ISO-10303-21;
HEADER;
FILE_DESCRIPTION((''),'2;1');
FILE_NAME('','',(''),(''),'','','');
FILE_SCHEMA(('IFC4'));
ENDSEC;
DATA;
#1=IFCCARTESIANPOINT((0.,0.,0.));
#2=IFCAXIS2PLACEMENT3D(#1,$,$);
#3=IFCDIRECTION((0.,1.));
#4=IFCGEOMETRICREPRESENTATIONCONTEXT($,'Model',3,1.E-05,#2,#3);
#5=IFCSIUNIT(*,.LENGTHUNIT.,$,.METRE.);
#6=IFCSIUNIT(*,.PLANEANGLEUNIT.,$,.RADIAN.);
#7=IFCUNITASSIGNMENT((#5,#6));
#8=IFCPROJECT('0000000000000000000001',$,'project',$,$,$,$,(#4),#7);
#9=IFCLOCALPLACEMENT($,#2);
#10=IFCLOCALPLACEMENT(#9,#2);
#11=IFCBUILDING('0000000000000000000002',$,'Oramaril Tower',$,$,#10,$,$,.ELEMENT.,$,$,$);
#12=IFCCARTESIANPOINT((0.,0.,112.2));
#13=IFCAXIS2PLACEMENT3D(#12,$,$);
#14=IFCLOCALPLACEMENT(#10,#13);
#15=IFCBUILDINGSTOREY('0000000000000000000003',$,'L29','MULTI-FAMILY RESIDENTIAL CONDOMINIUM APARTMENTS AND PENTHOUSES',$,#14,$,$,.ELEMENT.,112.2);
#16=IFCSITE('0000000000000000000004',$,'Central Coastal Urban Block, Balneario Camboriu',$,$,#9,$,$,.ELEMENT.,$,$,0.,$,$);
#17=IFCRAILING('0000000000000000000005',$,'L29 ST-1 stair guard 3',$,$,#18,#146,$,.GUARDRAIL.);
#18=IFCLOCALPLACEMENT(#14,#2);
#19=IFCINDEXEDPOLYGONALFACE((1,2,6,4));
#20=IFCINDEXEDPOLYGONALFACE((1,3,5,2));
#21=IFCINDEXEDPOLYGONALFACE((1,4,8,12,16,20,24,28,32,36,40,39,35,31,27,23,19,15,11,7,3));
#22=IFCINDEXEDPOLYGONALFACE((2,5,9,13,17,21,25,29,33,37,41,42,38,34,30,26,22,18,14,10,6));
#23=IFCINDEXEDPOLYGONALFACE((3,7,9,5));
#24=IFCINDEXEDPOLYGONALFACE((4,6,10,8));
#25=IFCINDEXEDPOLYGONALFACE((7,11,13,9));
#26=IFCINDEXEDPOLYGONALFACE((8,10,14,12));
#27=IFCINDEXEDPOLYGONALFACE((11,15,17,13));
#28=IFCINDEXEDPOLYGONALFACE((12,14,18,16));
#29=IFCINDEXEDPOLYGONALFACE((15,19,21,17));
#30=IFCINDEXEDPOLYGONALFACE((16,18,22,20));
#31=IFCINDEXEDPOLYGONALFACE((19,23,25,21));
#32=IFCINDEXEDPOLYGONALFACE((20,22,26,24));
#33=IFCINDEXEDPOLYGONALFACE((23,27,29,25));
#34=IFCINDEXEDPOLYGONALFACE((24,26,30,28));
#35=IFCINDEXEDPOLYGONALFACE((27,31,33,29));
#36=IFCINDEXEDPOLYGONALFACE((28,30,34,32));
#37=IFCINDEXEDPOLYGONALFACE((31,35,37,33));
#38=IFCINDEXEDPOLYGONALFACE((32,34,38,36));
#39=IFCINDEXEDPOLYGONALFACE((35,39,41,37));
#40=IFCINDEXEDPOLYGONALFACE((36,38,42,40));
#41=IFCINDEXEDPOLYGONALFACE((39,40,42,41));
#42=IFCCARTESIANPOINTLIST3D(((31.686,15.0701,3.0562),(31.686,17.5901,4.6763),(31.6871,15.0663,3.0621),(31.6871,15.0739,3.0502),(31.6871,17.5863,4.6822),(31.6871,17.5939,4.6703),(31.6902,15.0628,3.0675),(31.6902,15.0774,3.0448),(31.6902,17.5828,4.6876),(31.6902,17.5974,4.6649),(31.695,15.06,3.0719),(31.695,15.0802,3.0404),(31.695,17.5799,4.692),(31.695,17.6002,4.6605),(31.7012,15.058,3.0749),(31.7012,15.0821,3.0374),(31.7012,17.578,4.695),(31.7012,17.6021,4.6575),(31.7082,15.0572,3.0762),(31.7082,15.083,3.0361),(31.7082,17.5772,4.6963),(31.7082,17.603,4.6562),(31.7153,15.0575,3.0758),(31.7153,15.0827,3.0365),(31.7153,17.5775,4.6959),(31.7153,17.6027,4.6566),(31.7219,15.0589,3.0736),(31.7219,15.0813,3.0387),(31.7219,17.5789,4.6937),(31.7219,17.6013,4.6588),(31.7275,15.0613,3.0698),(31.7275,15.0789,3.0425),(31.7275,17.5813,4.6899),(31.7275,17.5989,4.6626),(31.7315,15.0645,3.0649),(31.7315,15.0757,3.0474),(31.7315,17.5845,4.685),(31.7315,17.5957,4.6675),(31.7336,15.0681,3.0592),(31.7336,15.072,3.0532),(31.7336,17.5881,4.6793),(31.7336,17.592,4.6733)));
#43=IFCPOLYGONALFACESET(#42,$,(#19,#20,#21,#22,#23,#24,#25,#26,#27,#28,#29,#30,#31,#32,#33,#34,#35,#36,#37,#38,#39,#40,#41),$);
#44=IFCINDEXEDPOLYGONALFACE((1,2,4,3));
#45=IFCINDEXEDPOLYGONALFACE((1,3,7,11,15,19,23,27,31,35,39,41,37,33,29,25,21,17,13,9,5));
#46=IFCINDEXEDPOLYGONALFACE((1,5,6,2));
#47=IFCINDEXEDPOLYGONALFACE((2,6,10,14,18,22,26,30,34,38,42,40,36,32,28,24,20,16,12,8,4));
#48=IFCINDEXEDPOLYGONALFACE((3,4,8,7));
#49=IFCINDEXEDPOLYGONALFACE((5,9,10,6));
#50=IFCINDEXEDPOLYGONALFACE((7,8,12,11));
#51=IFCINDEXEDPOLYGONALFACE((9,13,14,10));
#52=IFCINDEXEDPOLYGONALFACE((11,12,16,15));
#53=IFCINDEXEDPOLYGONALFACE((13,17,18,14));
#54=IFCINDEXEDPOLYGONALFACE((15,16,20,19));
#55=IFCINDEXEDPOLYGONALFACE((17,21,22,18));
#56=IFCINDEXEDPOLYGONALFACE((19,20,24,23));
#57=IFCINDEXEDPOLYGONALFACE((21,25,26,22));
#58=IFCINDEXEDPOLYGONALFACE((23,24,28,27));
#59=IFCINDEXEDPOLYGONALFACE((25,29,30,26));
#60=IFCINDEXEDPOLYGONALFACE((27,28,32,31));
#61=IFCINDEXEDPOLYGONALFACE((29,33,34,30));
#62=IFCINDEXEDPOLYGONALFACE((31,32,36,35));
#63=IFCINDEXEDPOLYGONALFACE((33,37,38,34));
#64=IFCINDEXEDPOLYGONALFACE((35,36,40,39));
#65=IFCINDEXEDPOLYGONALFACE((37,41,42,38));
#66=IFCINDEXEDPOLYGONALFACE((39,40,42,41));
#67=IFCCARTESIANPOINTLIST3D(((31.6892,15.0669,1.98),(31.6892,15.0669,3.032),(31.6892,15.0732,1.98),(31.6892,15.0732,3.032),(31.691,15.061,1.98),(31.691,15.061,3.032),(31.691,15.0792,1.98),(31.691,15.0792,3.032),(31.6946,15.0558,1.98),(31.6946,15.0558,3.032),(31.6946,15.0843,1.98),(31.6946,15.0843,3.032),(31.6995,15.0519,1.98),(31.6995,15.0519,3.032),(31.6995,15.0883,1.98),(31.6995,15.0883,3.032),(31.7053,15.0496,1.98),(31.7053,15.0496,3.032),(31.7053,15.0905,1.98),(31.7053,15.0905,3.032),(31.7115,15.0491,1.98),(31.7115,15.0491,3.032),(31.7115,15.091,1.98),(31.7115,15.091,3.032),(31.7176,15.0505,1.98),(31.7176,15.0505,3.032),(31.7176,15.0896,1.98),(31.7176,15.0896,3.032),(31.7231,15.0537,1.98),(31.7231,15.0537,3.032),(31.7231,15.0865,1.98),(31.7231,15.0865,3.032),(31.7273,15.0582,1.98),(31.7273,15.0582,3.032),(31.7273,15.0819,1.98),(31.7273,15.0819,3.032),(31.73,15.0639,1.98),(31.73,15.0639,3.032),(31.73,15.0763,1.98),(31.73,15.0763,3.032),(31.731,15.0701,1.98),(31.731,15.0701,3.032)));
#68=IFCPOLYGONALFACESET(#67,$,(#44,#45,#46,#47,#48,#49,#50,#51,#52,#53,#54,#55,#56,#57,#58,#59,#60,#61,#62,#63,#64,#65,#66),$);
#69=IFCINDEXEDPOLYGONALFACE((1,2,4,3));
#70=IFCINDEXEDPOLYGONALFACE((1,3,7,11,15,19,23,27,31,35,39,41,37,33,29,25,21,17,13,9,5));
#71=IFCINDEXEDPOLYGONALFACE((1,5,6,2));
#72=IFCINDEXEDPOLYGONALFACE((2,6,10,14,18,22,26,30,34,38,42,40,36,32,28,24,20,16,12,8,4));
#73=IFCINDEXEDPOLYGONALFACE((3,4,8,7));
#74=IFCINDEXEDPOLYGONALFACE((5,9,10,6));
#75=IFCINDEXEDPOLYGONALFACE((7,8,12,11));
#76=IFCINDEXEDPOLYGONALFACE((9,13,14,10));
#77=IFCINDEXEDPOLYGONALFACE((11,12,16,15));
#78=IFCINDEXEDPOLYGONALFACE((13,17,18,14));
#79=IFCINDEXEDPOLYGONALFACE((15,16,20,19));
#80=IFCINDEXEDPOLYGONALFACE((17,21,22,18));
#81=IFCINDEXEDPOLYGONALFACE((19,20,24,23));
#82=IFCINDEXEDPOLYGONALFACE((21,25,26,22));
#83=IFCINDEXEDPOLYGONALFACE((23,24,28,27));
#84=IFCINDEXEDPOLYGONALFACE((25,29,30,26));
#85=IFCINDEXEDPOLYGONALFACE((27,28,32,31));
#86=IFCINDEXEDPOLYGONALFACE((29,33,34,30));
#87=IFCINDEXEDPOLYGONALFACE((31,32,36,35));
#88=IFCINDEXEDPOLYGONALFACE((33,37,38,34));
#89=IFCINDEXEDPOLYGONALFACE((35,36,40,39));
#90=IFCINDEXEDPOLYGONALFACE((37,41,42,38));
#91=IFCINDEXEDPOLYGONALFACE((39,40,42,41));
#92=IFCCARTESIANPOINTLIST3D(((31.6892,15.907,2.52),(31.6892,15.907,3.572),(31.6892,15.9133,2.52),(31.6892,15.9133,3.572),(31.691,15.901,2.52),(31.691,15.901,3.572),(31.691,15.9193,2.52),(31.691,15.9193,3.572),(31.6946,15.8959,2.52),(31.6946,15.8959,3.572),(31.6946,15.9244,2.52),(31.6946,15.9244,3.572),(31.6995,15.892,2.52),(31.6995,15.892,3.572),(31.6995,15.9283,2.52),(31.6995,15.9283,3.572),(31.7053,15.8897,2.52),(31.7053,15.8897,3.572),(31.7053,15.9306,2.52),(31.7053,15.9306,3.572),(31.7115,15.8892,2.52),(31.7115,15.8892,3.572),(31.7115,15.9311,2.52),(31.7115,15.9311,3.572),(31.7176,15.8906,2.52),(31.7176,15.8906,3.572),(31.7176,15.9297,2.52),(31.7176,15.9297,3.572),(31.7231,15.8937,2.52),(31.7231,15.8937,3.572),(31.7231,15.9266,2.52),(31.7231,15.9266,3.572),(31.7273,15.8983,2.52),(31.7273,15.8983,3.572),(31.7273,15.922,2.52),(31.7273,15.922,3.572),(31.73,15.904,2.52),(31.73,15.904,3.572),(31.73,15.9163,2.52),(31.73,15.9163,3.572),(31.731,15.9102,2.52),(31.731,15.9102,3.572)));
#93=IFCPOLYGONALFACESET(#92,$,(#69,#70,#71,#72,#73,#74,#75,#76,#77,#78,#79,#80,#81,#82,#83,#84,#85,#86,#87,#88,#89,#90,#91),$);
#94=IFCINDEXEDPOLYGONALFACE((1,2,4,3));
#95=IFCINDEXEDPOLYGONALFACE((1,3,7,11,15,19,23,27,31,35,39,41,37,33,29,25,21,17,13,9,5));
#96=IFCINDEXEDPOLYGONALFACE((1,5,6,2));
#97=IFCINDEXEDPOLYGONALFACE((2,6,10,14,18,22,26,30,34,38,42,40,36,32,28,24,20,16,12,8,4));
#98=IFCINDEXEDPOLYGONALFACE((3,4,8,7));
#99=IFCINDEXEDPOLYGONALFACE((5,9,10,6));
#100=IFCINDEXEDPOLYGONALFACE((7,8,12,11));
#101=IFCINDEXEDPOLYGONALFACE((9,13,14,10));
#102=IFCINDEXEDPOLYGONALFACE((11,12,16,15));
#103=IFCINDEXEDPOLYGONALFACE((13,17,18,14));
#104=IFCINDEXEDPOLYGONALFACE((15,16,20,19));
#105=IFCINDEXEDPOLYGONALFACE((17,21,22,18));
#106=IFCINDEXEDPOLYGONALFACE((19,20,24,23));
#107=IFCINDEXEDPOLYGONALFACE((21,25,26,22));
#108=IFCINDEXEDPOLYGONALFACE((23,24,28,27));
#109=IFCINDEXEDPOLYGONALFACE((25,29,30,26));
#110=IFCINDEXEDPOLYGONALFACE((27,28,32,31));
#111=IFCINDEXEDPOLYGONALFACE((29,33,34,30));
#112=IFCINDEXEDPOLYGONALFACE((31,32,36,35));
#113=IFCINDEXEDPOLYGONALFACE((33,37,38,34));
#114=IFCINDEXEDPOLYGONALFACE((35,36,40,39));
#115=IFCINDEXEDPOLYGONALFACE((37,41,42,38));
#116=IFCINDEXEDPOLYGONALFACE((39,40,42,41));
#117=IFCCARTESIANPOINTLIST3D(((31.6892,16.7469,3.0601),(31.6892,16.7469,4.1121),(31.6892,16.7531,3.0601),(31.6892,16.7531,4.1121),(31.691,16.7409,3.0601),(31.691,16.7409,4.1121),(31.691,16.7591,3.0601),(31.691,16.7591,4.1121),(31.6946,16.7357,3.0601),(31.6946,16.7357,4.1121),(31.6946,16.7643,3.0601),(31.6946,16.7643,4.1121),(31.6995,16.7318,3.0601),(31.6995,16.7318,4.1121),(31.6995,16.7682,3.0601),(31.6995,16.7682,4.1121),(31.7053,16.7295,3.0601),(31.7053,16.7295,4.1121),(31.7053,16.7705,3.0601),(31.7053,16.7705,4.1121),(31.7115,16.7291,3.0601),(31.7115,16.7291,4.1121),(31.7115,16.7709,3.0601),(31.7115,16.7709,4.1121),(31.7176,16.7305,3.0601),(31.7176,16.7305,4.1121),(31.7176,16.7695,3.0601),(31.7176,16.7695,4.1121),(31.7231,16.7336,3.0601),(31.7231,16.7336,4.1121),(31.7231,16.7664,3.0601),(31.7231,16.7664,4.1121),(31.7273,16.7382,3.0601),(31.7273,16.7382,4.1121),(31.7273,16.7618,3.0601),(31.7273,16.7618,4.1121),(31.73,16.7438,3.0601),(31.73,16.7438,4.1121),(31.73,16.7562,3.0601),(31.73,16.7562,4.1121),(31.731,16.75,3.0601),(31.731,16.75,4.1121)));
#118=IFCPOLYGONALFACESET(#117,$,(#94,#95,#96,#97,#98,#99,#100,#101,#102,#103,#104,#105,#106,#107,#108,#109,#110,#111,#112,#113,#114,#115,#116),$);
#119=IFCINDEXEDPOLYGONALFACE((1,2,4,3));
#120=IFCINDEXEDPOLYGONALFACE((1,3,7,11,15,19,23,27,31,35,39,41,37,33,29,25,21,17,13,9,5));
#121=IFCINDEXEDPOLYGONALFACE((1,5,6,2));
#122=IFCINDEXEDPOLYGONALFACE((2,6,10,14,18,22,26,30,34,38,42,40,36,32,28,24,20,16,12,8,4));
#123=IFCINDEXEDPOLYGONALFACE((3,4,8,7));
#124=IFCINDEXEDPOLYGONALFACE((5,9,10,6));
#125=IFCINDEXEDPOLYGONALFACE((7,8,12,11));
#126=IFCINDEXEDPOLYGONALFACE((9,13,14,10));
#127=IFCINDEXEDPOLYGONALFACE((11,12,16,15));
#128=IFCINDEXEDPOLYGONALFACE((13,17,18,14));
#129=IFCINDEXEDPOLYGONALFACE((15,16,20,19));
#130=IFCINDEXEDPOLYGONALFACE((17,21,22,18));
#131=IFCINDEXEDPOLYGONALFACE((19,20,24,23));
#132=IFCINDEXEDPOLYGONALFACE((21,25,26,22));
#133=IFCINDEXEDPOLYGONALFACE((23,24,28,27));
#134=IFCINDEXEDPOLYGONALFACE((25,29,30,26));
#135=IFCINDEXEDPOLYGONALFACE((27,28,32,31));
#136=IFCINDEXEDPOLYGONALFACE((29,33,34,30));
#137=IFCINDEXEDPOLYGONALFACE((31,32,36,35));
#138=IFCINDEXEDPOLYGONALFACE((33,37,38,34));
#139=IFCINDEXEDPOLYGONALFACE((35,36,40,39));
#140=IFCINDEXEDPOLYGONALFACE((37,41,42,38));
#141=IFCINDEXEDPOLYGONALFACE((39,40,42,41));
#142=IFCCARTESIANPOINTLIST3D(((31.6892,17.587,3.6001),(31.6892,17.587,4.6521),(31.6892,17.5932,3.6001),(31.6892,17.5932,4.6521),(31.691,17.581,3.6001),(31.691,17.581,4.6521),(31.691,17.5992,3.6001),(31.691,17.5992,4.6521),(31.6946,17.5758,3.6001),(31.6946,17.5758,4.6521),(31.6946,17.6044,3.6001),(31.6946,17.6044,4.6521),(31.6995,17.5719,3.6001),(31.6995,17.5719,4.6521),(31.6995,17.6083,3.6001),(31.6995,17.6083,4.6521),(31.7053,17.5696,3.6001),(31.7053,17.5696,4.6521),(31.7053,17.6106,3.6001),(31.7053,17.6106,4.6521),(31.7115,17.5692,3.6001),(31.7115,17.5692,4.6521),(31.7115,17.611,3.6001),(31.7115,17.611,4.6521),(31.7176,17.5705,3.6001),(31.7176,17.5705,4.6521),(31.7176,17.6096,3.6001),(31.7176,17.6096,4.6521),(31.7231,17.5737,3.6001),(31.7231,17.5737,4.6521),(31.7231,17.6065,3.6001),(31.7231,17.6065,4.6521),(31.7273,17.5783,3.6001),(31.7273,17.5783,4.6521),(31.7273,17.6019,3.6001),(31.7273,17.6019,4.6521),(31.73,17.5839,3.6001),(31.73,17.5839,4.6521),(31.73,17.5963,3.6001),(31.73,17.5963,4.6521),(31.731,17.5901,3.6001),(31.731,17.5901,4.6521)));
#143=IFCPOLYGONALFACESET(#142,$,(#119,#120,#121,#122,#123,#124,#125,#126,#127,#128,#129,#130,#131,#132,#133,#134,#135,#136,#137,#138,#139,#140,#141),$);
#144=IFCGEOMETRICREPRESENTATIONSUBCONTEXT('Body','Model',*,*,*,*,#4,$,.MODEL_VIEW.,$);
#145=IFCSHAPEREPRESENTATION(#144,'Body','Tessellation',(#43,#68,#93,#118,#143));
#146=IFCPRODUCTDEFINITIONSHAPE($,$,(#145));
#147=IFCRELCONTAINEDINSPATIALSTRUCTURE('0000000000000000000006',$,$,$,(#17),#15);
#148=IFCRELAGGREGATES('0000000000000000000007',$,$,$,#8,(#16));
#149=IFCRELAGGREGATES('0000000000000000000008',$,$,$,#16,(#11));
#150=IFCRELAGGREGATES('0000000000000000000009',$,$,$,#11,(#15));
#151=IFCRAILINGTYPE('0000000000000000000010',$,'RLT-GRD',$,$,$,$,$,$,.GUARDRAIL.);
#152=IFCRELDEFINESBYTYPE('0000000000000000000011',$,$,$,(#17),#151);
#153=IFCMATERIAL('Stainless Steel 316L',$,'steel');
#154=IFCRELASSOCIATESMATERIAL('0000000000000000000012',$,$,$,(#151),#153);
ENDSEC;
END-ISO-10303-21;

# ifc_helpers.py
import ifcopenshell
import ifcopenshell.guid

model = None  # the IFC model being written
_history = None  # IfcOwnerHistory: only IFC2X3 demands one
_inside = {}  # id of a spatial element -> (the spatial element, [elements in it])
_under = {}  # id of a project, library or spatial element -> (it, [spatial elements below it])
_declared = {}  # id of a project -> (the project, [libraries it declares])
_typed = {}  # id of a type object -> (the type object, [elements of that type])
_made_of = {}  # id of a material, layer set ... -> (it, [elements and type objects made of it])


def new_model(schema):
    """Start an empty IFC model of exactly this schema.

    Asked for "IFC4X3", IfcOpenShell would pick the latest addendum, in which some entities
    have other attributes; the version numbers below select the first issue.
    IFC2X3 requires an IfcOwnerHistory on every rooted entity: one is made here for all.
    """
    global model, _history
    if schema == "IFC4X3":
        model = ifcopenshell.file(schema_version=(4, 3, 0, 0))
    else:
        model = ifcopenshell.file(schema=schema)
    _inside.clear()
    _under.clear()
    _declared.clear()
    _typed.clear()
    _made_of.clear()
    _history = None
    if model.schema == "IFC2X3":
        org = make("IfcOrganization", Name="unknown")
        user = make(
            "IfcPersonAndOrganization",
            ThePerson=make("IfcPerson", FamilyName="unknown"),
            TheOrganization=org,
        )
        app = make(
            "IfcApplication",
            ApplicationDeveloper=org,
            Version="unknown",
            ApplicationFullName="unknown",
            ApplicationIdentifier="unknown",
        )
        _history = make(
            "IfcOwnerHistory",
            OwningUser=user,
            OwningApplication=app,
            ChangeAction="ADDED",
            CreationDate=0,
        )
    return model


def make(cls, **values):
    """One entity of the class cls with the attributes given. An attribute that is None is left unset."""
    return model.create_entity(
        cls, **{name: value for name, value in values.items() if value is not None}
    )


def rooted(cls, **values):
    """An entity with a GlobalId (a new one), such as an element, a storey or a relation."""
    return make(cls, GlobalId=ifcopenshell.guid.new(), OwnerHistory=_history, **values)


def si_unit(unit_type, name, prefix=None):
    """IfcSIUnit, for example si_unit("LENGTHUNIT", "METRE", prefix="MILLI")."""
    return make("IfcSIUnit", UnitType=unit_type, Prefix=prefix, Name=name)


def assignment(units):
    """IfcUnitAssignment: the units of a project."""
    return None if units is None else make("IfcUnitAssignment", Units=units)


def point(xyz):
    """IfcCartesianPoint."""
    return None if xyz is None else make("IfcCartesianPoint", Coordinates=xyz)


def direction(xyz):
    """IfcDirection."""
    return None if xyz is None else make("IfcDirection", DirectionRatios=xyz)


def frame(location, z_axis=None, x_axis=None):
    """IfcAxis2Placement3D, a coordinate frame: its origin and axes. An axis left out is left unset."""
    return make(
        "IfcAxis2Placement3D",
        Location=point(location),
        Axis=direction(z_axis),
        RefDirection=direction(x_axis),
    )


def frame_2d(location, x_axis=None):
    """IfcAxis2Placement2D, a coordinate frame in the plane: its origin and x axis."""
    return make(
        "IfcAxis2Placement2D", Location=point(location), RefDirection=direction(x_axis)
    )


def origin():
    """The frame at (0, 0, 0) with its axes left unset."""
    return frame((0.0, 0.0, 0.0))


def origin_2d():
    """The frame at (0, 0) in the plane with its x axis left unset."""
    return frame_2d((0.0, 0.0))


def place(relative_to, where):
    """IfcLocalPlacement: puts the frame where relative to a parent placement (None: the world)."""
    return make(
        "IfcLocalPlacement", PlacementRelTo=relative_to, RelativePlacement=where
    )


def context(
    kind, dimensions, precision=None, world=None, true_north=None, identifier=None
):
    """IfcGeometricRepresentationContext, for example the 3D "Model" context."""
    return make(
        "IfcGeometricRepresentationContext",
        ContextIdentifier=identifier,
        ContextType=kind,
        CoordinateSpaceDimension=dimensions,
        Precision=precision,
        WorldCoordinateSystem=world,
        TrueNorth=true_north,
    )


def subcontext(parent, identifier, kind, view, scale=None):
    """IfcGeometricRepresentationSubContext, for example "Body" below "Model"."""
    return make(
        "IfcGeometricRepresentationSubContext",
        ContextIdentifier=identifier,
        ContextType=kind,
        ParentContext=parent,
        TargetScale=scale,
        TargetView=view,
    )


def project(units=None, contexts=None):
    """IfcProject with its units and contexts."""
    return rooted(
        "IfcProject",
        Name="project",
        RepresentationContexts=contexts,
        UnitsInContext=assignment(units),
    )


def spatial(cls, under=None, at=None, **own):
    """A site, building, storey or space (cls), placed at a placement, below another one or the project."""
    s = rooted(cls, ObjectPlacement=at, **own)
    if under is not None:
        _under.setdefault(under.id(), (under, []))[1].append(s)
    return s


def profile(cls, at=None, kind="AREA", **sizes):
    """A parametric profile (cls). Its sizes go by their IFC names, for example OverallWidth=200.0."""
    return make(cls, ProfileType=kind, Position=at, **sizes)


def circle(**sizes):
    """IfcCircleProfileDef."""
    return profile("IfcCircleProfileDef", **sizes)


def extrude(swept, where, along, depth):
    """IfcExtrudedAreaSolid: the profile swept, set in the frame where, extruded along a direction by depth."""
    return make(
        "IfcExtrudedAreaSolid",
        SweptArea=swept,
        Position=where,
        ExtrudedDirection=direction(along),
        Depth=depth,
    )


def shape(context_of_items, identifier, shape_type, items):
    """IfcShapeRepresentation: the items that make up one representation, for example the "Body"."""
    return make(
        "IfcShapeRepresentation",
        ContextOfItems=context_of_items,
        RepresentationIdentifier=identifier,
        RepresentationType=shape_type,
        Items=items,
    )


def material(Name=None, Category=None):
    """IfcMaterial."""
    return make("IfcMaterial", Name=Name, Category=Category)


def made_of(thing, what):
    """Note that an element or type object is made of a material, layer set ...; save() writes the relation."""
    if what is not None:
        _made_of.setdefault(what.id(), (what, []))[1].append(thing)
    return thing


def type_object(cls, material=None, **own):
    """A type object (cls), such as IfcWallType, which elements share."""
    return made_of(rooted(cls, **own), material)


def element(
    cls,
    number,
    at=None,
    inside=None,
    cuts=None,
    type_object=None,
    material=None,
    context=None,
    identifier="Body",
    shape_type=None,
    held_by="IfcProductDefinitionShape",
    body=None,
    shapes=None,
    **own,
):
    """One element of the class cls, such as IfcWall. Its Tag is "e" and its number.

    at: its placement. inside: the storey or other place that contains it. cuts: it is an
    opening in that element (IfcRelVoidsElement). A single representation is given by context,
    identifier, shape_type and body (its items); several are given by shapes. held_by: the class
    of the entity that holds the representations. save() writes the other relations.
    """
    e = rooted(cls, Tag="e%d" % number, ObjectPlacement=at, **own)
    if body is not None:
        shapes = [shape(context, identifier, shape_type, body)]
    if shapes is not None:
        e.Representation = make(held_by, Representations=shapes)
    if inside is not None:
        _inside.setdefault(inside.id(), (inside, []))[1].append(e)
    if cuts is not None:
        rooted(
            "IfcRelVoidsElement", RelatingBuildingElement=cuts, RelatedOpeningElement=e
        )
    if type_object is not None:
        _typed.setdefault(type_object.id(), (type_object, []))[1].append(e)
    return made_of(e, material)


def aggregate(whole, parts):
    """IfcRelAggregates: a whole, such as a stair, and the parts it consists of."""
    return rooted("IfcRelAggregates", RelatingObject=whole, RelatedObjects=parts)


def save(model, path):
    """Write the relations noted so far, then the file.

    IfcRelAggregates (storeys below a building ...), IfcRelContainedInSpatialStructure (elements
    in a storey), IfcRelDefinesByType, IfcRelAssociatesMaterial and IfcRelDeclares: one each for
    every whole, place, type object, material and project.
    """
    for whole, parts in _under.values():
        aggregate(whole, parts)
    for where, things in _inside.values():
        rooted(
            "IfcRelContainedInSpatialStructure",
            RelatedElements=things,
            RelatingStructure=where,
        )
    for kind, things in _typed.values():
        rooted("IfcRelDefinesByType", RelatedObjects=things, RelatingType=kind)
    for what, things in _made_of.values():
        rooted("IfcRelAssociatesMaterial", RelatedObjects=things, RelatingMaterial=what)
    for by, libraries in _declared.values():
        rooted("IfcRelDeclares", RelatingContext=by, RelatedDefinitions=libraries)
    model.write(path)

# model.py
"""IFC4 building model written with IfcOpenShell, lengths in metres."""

from ifc_helpers import new_model, si_unit, direction, frame, origin, origin_2d, place, context, subcontext, project, spatial, circle, extrude, material, type_object, element, save


model = new_model("IFC4")

# Units and contexts
model_context = context("Model", 3, precision=1e-05, world=origin(), true_north=direction((0.0, 1.0)))
body_context = subcontext(model_context, "Body", "Model", "MODEL_VIEW")
ifc_project = project(units=[si_unit("LENGTHUNIT", "METRE"), si_unit("PLANEANGLEUNIT", "RADIAN")], contexts=[model_context])

# Site, building, storey
site_placement = place(None, origin())
site = spatial("IfcSite", under=ifc_project, at=site_placement, Name="Central Coastal Urban Block, Balneario Camboriu", CompositionType="ELEMENT", RefElevation=0.0)
building_placement = place(site_placement, origin())
building = spatial("IfcBuilding", under=site, at=building_placement, Name="Oramaril Tower", CompositionType="ELEMENT")
storey_placement = place(building_placement, frame((0.0, 0.0, 112.2)))
storey = spatial("IfcBuildingStorey", under=building, at=storey_placement, Name="L29", Description="MULTI-FAMILY RESIDENTIAL CONDOMINIUM APARTMENTS AND PENTHOUSES", CompositionType="ELEMENT", Elevation=112.2)

# Railing
ifc_material_1 = material(Name="Stainless Steel 316L", Category="steel")
railing_type_1 = type_object("IfcRailingType", Name="RLT-GRD", PredefinedType="GUARDRAIL", material=ifc_material_1)
railing_1_placement = place(storey_placement, frame((31.71, 15.0701, 1.98)))
element("IfcRailing", 1, at=railing_1_placement, inside=storey, type_object=railing_type_1, Name="L29 ST-1 stair guard 3", PredefinedType="GUARDRAIL", context=body_context, shape_type="SweptSolid", body=[
    extrude(circle(Radius=0.0239, at=origin_2d()), frame((0.0, 0.0, 1.0762), z_axis=(0.0, 0.841163, 0.540782), x_axis=(-1.0, 0.0, 0.0)), (0.0, 0.0, 1.0), 2.9958),
    extrude(circle(Radius=0.021, at=origin_2d()), origin(), (0.0, 0.0, 1.0), 1.052),
    extrude(circle(Radius=0.021, at=origin_2d()), frame((0.0, 0.8401, 0.54)), (0.0, 0.0, 1.0), 1.052),
    extrude(circle(Radius=0.021, at=origin_2d()), frame((0.0, 1.6799, 1.0801)), (0.0, 0.0, 1.0), 1.052),
    extrude(circle(Radius=0.021, at=origin_2d()), frame((0.0, 2.52, 1.6201)), (0.0, 0.0, 1.0), 1.052),
])

save(model, "model.ifc")
